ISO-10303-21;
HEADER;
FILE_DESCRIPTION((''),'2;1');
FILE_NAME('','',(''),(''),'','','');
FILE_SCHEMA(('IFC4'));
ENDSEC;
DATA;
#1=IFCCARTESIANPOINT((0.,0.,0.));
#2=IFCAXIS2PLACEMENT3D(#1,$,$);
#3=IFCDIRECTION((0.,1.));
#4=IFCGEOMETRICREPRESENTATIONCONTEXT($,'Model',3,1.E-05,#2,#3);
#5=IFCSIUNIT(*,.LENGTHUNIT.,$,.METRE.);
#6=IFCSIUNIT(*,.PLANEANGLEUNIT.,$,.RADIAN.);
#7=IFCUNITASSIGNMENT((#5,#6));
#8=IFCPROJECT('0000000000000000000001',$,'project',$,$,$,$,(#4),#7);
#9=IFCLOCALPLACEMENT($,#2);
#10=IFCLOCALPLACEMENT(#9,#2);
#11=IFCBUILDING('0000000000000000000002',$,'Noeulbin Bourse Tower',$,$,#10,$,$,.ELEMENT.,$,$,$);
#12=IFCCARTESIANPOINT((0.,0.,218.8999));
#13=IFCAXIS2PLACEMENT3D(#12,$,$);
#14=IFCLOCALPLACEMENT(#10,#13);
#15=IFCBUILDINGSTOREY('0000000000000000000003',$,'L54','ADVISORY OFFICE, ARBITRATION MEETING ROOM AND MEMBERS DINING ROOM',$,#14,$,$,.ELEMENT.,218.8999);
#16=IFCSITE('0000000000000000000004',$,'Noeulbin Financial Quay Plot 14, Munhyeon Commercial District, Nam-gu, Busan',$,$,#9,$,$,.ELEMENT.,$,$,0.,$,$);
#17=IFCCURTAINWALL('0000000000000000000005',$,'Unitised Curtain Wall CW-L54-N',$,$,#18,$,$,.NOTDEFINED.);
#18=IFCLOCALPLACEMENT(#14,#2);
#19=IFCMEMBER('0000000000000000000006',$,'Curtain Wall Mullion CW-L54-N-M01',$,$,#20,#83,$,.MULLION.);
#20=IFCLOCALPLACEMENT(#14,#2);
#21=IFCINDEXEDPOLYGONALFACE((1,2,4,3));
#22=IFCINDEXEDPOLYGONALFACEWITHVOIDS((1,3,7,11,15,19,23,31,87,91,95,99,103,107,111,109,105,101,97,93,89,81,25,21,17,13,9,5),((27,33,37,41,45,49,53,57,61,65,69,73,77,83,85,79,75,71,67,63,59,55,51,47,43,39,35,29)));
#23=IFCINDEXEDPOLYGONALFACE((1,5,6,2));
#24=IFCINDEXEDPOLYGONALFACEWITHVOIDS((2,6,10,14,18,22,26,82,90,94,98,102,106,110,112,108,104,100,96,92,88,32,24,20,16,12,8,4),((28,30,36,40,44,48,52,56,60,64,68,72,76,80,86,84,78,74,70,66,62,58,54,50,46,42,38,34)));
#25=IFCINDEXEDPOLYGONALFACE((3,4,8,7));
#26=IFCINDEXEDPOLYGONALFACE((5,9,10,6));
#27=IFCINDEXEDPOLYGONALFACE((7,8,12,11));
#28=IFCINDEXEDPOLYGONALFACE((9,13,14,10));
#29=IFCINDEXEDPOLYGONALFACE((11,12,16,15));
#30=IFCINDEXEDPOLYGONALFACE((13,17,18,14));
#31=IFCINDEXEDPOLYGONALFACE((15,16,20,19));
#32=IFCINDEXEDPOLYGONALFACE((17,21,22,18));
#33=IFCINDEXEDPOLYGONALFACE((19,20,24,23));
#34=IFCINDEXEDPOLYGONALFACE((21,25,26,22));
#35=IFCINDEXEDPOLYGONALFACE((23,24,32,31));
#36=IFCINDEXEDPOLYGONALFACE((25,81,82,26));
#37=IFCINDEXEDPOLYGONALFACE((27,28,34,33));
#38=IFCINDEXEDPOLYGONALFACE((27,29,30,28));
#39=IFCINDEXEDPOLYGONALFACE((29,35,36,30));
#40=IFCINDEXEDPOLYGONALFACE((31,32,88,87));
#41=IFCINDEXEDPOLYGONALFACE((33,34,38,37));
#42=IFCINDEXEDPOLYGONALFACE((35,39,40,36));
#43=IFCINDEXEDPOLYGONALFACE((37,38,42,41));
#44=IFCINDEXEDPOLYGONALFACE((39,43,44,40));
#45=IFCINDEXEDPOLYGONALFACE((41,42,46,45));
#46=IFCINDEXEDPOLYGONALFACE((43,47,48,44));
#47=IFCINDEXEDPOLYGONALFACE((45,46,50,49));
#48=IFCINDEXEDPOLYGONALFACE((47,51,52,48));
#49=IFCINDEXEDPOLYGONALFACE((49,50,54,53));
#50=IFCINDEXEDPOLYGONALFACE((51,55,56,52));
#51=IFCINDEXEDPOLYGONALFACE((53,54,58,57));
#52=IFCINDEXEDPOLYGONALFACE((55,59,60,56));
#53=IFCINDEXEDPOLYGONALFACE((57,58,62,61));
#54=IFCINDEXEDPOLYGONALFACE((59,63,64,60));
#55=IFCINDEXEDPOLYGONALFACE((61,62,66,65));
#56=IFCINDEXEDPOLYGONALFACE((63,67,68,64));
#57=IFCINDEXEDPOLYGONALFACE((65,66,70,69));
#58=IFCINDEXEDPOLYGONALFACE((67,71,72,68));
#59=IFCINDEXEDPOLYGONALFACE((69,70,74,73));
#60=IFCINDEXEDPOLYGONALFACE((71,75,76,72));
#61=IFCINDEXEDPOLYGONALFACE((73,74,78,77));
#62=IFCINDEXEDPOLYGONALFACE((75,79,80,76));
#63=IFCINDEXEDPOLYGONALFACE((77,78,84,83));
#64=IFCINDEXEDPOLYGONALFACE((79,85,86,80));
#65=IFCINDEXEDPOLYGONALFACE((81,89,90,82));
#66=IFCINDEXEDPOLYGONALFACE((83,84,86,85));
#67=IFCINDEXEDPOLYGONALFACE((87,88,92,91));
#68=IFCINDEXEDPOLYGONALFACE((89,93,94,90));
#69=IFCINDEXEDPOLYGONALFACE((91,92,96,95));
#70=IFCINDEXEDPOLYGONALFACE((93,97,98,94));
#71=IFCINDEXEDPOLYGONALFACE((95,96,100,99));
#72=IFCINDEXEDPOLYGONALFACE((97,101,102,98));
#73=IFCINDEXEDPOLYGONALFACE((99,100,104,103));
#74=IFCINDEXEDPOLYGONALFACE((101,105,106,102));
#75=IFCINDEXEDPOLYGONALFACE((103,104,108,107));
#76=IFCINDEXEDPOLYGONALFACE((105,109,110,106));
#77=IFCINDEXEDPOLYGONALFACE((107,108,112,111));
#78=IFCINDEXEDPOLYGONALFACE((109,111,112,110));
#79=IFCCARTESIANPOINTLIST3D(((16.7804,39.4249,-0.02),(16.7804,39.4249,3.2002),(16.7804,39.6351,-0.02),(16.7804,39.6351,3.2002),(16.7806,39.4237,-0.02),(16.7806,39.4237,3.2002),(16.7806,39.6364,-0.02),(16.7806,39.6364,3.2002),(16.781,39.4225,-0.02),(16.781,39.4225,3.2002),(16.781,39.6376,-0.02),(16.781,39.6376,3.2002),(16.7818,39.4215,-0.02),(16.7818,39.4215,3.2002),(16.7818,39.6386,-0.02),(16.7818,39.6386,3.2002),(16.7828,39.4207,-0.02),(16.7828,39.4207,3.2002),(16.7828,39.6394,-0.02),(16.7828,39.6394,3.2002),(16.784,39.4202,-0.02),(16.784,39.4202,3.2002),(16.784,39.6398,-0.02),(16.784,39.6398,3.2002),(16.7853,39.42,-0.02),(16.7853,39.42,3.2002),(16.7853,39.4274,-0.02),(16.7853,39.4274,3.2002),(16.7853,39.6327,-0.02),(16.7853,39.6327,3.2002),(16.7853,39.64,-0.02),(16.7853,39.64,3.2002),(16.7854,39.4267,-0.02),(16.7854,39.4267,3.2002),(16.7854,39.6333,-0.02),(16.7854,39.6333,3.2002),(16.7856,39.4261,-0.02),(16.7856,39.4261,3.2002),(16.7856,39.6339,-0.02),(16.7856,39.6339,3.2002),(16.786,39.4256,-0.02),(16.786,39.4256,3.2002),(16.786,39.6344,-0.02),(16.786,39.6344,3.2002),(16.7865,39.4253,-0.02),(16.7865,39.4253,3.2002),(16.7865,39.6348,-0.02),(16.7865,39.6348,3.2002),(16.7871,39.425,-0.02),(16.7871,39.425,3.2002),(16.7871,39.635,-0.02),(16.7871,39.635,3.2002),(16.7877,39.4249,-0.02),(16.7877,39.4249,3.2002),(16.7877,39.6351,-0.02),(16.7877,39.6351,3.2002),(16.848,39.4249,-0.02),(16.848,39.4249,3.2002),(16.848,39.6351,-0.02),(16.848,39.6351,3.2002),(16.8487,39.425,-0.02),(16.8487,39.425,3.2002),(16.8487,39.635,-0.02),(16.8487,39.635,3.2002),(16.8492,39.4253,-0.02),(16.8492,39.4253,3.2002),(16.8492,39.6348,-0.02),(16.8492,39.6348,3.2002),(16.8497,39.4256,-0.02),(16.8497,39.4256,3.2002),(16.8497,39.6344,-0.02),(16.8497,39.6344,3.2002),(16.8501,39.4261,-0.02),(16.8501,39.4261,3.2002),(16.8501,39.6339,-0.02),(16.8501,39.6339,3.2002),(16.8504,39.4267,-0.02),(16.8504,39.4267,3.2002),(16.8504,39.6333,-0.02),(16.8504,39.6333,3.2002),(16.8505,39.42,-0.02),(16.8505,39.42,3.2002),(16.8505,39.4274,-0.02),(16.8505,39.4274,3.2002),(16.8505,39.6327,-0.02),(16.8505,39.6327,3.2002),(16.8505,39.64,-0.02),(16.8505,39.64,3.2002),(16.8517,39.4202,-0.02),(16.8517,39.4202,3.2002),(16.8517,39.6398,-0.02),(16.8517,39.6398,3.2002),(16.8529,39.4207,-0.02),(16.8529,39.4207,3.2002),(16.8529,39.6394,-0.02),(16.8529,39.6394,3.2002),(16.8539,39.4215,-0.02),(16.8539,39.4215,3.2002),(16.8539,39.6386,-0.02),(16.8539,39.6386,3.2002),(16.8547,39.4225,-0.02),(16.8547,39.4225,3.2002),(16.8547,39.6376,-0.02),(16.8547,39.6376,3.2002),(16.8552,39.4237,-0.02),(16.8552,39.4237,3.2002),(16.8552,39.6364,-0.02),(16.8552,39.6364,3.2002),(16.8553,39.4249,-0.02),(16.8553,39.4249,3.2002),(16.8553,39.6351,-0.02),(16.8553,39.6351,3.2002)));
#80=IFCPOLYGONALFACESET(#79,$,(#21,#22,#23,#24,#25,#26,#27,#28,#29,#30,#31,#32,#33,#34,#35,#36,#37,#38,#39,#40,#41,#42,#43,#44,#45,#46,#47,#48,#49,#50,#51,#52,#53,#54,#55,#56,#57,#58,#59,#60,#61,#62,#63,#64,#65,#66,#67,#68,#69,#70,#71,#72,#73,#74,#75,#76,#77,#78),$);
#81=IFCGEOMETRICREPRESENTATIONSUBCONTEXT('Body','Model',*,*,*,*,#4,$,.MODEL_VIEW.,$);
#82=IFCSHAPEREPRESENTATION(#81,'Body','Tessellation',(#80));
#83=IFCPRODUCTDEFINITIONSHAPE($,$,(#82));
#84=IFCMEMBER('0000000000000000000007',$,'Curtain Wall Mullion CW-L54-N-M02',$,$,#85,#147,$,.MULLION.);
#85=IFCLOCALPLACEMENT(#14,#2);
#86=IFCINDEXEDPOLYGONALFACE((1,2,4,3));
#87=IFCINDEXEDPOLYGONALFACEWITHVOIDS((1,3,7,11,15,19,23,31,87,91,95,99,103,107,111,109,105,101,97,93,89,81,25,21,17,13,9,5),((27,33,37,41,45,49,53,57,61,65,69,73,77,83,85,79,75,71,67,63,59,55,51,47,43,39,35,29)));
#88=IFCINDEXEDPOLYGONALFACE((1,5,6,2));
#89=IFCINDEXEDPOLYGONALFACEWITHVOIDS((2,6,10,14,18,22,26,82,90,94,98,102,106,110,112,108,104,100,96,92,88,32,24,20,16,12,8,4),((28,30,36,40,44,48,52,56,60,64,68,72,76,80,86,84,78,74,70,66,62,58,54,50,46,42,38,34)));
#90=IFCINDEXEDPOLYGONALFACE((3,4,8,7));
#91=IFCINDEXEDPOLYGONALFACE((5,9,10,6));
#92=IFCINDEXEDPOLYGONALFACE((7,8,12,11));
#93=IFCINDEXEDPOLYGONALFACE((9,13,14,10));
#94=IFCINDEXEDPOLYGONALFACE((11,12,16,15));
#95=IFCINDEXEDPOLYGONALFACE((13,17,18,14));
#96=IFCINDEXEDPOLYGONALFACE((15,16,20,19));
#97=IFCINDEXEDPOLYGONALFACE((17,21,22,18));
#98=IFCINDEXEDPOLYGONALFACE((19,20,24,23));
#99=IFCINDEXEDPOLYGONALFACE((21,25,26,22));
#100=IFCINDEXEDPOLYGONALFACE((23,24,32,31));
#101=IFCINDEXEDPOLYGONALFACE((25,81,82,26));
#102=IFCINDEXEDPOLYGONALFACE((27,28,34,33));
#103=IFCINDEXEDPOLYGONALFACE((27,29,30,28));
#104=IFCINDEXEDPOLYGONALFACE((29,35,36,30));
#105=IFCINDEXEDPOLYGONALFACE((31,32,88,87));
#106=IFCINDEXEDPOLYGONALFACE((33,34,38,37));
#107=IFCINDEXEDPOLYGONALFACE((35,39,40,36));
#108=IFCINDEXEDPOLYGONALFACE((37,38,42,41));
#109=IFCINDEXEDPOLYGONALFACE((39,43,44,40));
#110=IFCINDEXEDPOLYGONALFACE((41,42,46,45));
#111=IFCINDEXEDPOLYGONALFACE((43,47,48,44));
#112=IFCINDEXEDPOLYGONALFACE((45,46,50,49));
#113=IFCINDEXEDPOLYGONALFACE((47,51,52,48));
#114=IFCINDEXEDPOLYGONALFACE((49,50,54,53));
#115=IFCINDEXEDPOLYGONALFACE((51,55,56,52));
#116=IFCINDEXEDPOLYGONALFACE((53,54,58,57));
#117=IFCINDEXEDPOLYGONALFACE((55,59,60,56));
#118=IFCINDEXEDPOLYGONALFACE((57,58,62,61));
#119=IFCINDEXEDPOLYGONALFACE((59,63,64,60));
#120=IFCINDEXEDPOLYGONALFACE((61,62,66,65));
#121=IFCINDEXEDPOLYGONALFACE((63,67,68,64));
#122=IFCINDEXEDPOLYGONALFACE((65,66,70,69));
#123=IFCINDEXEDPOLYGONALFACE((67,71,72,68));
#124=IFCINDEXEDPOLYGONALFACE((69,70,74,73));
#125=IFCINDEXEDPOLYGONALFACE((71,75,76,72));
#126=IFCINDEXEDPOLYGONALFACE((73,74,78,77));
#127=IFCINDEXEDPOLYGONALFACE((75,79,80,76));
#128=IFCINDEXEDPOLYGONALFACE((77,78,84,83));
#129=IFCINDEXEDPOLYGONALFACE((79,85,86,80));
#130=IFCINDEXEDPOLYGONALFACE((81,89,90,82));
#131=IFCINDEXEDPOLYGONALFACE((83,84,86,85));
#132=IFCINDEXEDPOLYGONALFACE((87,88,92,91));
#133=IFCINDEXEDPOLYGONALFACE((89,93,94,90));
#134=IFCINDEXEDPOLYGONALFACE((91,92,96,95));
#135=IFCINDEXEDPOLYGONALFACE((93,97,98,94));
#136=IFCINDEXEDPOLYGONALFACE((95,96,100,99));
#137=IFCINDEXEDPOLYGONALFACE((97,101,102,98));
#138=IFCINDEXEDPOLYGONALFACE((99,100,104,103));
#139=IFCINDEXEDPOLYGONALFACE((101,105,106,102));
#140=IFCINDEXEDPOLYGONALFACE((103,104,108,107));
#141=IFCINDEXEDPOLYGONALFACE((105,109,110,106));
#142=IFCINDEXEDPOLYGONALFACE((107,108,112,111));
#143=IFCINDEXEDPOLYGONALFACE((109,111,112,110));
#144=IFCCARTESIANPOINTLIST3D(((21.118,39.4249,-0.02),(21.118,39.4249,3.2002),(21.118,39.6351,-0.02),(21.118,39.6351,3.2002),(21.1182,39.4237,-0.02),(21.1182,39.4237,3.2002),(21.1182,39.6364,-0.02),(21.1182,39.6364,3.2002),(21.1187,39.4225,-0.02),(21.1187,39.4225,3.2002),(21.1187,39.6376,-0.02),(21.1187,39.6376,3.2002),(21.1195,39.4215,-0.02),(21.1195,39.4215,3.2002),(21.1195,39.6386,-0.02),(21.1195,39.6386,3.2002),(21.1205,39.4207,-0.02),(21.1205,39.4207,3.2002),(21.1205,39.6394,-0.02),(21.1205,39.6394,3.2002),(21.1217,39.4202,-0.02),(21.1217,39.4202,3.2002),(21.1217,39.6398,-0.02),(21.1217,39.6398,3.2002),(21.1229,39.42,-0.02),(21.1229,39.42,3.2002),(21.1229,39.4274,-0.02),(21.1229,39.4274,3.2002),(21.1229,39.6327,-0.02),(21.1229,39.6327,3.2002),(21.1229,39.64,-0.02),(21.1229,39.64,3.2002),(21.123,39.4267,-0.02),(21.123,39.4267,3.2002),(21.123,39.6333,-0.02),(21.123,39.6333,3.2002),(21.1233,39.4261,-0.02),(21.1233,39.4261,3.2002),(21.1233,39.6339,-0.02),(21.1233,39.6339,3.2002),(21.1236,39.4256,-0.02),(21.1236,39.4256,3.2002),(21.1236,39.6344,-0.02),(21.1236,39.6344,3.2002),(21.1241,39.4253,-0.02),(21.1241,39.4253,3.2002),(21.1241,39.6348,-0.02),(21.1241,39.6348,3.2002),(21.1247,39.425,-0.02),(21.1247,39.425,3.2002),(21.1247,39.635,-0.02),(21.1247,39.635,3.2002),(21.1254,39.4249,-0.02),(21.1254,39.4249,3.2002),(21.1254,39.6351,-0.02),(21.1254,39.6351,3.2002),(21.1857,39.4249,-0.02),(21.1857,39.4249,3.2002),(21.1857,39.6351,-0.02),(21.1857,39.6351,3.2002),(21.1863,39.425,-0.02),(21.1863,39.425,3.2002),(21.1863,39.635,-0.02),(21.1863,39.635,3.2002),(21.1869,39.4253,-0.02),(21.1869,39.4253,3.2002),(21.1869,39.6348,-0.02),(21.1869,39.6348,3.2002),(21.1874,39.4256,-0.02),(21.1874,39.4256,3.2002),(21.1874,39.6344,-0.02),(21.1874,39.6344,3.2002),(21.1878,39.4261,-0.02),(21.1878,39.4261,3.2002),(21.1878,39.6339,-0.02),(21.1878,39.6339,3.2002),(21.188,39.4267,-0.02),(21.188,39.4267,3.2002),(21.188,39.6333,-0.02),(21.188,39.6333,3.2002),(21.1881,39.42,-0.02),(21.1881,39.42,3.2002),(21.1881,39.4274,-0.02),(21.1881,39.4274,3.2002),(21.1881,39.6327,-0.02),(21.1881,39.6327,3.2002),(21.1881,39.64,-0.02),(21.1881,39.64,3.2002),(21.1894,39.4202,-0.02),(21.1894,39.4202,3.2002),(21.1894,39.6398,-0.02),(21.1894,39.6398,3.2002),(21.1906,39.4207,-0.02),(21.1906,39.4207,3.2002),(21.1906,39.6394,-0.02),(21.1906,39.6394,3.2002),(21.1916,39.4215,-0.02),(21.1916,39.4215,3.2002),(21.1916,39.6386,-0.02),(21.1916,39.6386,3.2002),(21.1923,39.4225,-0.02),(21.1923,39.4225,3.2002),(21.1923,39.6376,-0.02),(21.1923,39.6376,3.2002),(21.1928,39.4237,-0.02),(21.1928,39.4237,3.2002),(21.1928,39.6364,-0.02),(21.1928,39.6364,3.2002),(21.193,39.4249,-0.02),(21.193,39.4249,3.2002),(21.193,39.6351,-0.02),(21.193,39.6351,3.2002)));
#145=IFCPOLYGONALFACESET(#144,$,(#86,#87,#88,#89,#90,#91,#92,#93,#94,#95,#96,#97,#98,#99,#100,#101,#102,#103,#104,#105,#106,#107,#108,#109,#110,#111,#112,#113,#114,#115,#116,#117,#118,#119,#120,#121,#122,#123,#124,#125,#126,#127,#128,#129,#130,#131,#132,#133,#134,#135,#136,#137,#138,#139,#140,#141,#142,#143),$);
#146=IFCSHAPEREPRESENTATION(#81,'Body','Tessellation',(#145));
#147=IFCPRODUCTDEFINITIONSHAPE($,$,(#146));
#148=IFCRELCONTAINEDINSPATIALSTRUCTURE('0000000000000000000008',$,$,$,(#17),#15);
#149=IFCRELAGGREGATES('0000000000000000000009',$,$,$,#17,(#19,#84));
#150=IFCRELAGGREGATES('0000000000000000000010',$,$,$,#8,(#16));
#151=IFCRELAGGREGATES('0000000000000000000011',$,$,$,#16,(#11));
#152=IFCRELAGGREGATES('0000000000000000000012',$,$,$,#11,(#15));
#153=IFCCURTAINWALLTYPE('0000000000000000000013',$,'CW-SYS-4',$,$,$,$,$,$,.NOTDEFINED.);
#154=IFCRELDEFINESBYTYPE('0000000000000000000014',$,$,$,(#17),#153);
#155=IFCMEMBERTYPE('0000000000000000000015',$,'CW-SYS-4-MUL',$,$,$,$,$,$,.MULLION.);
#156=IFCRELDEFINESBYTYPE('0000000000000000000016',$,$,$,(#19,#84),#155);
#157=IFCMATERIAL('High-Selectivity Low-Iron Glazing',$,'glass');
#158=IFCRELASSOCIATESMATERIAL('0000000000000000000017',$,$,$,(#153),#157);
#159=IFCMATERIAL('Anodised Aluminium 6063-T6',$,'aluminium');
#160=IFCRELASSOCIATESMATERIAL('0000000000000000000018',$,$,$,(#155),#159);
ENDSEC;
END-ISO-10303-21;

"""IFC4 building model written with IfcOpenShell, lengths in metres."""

from ifc_helpers import new_model, si_unit, direction, frame, origin, origin_2d, place, context, subcontext, project, spatial, hollow_rectangle, extrude, material, material_profile, profile_set, type_object, element, aggregate, save


model = new_model("IFC4")

# Units and contexts
model_context = context("Model", 3, precision=1e-05, world=origin(), true_north=direction((0.0, 1.0)))
body_context = subcontext(model_context, "Body", "Model", "MODEL_VIEW")
ifc_project = project(units=[si_unit("LENGTHUNIT", "METRE"), si_unit("PLANEANGLEUNIT", "RADIAN")], contexts=[model_context])

# Site, building, storey
site_placement = place(None, origin())
site = spatial("IfcSite", under=ifc_project, at=site_placement, Name="Noeulbin Financial Quay Plot 14, Munhyeon Commercial District, Nam-gu, Busan", CompositionType="ELEMENT", RefElevation=0.0)
building_placement = place(site_placement, origin())
building = spatial("IfcBuilding", under=site, at=building_placement, Name="Noeulbin Bourse Tower", CompositionType="ELEMENT")
storey_placement = place(building_placement, frame((0.0, 0.0, 218.8999)))
storey = spatial("IfcBuildingStorey", under=building, at=storey_placement, Name="L54", Description="ADVISORY OFFICE, ARBITRATION MEETING ROOM AND MEMBERS DINING ROOM", CompositionType="ELEMENT", Elevation=218.8999)

# Curtain wall, members
ifc_material_1 = material(Name="High-Selectivity Low-Iron Glazing", Category="glass")
curtain_wall_type = type_object("IfcCurtainWallType", Name="CW-SYS-4", PredefinedType="NOTDEFINED", material=ifc_material_1)
curtain_wall_placement = place(storey_placement, origin())
curtain_wall = element("IfcCurtainWall", 1, at=curtain_wall_placement, inside=storey, type_object=curtain_wall_type, Name="Unitised Curtain Wall CW-L54-N", PredefinedType="NOTDEFINED")
ifc_material_2 = material(Name="Anodised Aluminium 6063-T6", Category="aluminium")
ifc_material_profile_1 = material_profile(ifc_material_2, hollow_rectangle(XDim=0.075, YDim=0.22, WallThickness=0.0049, InnerFilletRadius=0.0024, OuterFilletRadius=0.0049, at=origin_2d()), Name="ALU-MULL-75x220x5", Category="LoadBearing")
ifc_profile_set_1 = profile_set([ifc_material_profile_1], Name="Anodised Aluminium 6063-T6")
member_type = type_object("IfcMemberType", Name="CW-SYS-4-MUL", PredefinedType="MULLION", material=ifc_profile_set_1)
member_1_placement = place(storey_placement, frame((16.8179, 39.53, -0.02), z_axis=(0.0, 0.0, 1.0), x_axis=(1.0, 0.0, 0.0)))
member_1 = element("IfcMember", 2, at=member_1_placement, type_object=member_type, Name="Curtain Wall Mullion CW-L54-N-M01", PredefinedType="MULLION", context=body_context, shape_type="SweptSolid", body=[
    extrude(hollow_rectangle(XDim=0.075, YDim=0.22, WallThickness=0.0049, InnerFilletRadius=0.0024, OuterFilletRadius=0.0049, at=origin_2d()), origin(), (0.0, 0.0, 1.0), 3.2202),
])
member_2_placement = place(storey_placement, frame((21.1555, 39.53, -0.02), z_axis=(0.0, 0.0, 1.0), x_axis=(1.0, 0.0, 0.0)))
member_2 = element("IfcMember", 3, at=member_2_placement, type_object=member_type, Name="Curtain Wall Mullion CW-L54-N-M02", PredefinedType="MULLION", context=body_context, shape_type="SweptSolid", body=[
    extrude(hollow_rectangle(XDim=0.075, YDim=0.22, WallThickness=0.0049, InnerFilletRadius=0.0024, OuterFilletRadius=0.0049, at=origin_2d()), origin(), (0.0, 0.0, 1.0), 3.2202),
])
aggregate(curtain_wall, [member_1, member_2])

save(model, "model.ifc")
